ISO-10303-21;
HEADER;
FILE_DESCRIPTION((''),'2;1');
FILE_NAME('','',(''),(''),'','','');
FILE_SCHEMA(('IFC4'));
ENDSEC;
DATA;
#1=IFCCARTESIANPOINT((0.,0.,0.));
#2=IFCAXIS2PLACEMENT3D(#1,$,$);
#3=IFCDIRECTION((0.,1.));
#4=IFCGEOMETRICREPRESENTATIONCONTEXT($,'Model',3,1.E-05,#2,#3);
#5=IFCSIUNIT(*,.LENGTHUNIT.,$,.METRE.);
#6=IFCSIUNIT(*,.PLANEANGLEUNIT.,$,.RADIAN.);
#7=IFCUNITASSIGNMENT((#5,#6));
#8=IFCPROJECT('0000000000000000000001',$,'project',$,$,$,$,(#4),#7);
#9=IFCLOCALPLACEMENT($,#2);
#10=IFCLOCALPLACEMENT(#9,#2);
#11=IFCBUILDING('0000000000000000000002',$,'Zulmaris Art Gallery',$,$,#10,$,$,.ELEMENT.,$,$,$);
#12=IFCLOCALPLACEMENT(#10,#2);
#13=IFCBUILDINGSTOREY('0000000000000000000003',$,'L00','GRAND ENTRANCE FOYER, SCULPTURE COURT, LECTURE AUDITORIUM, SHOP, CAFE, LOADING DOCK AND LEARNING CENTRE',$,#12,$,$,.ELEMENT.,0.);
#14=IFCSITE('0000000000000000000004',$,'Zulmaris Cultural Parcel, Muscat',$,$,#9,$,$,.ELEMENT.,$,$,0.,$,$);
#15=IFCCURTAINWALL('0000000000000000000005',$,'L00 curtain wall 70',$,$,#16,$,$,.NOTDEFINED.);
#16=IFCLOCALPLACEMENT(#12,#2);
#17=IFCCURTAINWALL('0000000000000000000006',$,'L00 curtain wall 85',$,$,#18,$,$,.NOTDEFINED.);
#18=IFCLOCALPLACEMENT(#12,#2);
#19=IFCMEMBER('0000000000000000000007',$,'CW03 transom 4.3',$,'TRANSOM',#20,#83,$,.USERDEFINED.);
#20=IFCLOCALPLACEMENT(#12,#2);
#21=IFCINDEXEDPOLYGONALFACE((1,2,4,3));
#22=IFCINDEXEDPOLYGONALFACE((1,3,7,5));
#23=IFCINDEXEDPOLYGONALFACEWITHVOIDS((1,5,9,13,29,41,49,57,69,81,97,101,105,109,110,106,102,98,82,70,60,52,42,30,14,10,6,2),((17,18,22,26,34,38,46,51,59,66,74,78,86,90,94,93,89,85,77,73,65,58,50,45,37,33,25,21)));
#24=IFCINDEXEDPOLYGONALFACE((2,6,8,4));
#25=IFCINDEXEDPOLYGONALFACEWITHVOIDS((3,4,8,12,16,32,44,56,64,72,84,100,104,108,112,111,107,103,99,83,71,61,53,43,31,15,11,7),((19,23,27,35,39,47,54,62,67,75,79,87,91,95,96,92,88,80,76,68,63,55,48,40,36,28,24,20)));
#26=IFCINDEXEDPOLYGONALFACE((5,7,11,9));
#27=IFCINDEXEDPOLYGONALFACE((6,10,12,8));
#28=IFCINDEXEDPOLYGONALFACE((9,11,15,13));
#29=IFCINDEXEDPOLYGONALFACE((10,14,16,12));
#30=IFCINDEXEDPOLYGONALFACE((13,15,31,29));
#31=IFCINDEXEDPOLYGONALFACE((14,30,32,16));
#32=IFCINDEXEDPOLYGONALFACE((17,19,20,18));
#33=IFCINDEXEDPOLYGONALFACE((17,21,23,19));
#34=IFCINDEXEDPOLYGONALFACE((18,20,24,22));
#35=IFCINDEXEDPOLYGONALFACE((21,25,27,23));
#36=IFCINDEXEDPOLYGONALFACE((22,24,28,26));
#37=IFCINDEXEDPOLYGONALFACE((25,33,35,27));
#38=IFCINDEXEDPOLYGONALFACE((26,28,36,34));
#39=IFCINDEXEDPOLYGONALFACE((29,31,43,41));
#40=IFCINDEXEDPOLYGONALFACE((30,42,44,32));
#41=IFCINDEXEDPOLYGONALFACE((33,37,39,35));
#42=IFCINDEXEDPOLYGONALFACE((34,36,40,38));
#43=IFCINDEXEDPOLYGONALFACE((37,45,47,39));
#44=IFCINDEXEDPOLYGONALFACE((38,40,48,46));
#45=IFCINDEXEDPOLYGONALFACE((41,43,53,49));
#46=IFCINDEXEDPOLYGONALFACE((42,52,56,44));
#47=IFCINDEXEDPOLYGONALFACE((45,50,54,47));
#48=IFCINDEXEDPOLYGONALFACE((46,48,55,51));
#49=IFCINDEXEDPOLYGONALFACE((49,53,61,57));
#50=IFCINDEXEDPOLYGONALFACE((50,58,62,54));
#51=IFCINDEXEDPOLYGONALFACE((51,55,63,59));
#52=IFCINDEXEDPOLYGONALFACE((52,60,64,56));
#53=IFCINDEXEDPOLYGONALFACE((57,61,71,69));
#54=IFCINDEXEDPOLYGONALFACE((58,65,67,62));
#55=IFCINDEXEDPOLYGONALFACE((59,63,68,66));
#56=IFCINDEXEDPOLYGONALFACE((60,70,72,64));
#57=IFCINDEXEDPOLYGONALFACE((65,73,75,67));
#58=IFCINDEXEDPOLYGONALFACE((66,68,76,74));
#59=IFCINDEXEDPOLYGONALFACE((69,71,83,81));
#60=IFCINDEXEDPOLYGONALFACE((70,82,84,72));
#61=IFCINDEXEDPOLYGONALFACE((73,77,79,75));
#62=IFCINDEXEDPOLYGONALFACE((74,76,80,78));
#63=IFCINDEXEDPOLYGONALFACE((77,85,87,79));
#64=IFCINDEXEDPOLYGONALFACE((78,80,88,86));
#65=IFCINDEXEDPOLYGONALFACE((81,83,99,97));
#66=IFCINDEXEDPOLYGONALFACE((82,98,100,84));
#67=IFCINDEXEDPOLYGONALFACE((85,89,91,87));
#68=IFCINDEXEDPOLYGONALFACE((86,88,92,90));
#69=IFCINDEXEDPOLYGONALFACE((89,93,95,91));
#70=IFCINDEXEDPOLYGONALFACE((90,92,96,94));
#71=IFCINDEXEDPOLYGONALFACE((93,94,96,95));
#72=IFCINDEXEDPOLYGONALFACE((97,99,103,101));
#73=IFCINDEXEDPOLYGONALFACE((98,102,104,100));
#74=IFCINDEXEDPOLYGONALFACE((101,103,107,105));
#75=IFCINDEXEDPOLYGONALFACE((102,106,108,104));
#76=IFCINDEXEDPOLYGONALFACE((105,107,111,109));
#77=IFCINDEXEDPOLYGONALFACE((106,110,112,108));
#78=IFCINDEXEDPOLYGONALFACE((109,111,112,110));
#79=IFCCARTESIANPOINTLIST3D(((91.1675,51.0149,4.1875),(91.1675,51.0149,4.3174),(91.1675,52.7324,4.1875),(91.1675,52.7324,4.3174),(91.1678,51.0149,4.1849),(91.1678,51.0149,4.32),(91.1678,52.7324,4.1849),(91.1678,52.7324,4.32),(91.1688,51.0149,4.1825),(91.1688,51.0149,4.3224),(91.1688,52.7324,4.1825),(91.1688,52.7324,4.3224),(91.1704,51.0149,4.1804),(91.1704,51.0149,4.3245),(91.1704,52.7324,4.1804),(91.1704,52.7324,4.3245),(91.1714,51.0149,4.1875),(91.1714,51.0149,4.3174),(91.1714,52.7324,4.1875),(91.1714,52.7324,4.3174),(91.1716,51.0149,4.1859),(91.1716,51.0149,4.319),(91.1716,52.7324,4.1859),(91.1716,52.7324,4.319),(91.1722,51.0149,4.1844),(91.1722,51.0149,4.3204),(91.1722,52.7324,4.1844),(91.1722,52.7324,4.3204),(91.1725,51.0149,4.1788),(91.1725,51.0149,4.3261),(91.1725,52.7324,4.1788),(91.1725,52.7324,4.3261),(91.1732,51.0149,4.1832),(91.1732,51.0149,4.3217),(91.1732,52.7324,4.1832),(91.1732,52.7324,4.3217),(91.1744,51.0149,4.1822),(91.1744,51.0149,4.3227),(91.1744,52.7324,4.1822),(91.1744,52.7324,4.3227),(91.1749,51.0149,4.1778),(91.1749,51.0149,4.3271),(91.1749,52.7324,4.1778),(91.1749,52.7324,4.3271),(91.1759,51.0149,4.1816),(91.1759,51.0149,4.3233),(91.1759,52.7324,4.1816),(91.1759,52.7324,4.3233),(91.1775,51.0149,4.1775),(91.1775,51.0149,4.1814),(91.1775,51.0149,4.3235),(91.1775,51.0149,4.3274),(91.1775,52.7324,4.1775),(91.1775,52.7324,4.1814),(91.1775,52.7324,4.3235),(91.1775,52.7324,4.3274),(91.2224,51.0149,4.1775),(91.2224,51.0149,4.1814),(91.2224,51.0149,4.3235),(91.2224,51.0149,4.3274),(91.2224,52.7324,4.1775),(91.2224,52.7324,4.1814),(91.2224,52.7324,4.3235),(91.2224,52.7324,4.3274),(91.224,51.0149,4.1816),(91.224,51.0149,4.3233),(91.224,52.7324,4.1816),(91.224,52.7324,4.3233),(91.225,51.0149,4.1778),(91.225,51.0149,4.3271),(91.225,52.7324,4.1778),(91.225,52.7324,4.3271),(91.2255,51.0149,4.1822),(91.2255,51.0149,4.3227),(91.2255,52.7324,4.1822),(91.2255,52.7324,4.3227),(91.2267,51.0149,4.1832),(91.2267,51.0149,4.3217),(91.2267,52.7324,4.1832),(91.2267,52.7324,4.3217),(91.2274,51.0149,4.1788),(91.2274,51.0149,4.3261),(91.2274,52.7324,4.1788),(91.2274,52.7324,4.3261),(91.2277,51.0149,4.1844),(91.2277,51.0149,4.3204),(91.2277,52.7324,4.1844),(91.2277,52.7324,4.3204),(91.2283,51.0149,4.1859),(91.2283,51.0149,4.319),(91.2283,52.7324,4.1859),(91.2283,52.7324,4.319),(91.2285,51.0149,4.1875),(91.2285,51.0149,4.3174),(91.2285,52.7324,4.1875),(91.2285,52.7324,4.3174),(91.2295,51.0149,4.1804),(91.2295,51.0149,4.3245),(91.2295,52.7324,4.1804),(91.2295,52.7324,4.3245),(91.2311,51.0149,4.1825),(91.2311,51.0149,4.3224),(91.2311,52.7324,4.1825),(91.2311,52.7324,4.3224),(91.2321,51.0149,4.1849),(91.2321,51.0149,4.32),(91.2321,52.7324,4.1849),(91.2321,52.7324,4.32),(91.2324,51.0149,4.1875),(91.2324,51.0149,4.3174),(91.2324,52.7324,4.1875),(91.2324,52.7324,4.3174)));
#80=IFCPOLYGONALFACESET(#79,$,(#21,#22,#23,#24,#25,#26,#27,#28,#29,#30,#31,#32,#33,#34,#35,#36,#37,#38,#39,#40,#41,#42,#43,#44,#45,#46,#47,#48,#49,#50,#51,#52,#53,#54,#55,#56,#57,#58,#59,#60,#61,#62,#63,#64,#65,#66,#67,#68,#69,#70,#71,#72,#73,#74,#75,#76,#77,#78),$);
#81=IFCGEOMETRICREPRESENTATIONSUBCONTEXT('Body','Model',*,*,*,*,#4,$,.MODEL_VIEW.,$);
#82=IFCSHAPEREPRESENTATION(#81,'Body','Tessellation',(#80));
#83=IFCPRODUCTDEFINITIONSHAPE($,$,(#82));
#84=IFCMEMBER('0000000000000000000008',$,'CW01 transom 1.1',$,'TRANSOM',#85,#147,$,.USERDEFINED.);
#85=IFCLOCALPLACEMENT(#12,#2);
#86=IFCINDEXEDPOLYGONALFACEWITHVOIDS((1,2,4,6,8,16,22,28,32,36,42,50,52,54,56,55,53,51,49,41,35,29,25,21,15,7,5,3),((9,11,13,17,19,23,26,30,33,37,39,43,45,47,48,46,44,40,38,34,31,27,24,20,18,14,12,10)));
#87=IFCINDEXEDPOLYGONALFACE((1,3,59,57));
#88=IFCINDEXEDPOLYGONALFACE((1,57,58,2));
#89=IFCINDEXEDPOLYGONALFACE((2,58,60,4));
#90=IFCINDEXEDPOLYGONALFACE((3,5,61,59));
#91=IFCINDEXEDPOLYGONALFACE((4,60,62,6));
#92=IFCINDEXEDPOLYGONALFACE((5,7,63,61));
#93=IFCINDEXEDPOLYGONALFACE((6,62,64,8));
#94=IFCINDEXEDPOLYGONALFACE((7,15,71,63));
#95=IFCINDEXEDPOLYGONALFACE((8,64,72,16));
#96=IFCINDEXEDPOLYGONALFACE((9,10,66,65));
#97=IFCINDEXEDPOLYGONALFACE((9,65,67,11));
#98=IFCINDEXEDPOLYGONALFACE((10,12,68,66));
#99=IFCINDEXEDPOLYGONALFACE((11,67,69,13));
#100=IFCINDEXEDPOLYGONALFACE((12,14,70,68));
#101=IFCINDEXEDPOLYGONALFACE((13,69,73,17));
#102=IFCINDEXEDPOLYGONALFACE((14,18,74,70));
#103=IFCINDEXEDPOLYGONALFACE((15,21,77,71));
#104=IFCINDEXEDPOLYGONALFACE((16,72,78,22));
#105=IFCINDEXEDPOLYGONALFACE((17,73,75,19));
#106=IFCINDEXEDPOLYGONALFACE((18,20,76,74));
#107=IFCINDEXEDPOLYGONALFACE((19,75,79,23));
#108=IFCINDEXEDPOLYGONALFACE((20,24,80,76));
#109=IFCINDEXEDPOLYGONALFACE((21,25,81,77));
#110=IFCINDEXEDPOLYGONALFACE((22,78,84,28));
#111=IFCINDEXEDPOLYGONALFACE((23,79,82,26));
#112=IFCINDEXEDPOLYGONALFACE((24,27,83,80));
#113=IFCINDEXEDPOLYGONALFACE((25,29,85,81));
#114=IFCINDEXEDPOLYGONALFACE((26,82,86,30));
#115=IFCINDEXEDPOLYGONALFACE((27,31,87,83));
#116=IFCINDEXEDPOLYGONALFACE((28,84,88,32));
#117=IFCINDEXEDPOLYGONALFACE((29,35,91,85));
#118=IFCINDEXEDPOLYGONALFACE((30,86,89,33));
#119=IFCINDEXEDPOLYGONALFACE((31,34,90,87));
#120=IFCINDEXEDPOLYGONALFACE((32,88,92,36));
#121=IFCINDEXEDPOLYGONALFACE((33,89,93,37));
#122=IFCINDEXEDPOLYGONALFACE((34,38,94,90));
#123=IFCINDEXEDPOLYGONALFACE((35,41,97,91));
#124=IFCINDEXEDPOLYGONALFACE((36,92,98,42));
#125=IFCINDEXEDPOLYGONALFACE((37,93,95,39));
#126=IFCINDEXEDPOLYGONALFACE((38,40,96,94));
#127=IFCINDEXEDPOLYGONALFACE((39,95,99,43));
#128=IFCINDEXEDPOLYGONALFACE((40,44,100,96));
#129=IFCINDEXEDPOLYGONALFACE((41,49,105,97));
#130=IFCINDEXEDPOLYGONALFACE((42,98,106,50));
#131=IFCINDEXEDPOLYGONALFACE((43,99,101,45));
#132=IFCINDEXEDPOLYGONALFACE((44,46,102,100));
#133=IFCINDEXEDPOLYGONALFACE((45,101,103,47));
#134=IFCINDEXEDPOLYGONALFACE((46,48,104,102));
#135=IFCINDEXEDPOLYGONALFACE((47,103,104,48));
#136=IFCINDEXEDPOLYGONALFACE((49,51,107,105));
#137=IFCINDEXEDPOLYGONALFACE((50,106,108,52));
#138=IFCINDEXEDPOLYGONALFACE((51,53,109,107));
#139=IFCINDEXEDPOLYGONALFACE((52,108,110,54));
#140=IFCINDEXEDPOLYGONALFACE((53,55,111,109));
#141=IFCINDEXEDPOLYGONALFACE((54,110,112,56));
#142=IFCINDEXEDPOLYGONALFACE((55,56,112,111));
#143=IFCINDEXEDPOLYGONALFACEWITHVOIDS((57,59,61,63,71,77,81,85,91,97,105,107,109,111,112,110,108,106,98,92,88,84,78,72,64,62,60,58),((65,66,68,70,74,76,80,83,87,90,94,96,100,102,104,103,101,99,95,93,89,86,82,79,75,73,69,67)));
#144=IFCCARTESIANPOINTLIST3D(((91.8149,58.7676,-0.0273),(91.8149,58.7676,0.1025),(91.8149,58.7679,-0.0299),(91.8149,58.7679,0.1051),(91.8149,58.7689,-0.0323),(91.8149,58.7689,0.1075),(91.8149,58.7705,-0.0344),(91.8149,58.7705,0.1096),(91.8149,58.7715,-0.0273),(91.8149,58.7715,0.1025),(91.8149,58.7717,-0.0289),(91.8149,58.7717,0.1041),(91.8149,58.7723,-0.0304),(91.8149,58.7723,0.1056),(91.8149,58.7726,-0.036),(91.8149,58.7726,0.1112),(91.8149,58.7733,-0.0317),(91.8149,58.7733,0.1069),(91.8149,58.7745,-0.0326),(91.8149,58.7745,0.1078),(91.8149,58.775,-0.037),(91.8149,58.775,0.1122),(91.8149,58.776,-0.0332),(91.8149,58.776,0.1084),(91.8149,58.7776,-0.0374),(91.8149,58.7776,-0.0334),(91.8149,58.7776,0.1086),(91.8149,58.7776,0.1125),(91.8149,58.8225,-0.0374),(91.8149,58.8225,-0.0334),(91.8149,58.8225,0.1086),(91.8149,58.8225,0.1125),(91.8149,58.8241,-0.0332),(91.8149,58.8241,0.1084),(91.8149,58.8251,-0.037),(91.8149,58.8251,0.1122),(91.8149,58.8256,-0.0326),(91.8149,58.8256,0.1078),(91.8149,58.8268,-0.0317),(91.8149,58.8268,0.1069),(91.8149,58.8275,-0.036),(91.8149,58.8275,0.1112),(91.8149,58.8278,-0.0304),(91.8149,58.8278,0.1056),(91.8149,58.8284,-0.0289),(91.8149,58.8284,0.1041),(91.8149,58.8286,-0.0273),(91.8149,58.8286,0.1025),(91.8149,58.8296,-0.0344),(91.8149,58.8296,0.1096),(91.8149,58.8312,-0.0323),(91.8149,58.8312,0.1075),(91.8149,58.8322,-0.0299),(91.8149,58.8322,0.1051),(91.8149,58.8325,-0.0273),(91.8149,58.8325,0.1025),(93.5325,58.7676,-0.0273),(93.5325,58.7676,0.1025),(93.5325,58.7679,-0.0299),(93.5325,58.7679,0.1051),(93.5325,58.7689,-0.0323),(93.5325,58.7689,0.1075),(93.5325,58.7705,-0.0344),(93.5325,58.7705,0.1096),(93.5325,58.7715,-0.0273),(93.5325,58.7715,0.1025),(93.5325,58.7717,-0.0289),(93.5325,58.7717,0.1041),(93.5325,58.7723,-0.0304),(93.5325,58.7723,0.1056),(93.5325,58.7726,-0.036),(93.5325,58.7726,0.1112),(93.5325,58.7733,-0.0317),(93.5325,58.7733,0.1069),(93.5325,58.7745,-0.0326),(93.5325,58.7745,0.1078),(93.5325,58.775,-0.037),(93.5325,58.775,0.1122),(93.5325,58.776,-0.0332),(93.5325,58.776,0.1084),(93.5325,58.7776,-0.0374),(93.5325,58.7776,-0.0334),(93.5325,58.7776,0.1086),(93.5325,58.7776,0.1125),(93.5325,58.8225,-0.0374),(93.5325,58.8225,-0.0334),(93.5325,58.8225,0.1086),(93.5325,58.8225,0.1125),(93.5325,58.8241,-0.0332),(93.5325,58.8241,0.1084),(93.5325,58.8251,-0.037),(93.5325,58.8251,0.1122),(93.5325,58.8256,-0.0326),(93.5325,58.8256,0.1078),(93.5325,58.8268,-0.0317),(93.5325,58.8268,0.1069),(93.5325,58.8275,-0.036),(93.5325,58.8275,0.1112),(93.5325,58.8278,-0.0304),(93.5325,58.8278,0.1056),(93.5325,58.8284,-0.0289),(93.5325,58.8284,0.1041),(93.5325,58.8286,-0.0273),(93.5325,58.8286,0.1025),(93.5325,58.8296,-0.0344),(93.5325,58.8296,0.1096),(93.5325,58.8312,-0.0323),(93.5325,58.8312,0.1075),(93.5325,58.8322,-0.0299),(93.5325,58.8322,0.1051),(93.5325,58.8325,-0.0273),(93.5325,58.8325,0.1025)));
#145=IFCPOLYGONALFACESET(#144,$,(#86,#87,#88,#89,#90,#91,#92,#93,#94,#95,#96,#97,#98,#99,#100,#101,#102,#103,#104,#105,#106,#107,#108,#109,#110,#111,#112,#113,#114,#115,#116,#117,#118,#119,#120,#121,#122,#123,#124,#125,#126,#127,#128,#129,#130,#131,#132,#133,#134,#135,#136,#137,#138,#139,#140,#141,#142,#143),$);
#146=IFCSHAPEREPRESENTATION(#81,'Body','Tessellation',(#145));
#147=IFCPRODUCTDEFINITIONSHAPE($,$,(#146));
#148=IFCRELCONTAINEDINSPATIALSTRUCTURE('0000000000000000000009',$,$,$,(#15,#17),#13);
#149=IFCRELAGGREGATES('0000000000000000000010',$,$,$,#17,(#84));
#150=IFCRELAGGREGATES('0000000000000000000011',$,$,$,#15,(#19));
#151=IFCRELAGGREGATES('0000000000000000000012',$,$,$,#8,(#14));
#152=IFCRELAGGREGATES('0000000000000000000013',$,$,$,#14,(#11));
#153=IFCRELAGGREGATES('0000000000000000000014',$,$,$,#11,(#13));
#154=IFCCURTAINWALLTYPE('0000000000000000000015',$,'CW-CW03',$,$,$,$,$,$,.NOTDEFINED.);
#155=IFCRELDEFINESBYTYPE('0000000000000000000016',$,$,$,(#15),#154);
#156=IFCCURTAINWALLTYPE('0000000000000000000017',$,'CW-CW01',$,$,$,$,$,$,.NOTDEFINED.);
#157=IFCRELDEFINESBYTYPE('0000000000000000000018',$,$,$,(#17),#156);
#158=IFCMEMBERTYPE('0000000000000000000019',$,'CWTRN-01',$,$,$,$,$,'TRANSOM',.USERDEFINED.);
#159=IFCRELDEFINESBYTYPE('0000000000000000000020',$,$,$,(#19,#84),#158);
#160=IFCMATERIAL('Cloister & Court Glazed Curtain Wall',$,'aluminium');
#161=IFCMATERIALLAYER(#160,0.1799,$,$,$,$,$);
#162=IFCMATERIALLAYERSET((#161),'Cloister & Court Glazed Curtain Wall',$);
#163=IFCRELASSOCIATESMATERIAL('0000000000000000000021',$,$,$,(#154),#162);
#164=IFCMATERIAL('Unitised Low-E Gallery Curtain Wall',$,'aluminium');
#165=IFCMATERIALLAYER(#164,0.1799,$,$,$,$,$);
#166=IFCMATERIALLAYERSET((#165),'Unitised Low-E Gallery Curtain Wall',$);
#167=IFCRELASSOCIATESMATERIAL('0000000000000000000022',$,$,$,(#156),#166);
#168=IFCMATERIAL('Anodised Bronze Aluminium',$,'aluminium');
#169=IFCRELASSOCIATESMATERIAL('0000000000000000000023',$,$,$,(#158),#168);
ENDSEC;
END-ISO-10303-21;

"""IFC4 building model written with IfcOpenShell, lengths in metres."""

from ifc_helpers import new_model, si_unit, direction, frame, origin, origin_2d, place, context, subcontext, project, spatial, hollow_rectangle, extrude, material, layer, layer_set, material_profile, profile_set, type_object, element, aggregate, save


model = new_model("IFC4")

# Units and contexts
model_context = context("Model", 3, precision=1e-05, world=origin(), true_north=direction((0.0, 1.0)))
body_context = subcontext(model_context, "Body", "Model", "MODEL_VIEW")
ifc_project = project(units=[si_unit("LENGTHUNIT", "METRE"), si_unit("PLANEANGLEUNIT", "RADIAN")], contexts=[model_context])

# Site, building, storey
site_placement = place(None, origin())
site = spatial("IfcSite", under=ifc_project, at=site_placement, Name="Zulmaris Cultural Parcel, Muscat", CompositionType="ELEMENT", RefElevation=0.0)
building_placement = place(site_placement, origin())
building = spatial("IfcBuilding", under=site, at=building_placement, Name="Zulmaris Art Gallery", CompositionType="ELEMENT")
storey_placement = place(building_placement, origin())
storey = spatial("IfcBuildingStorey", under=building, at=storey_placement, Name="L00", Description="GRAND ENTRANCE FOYER, SCULPTURE COURT, LECTURE AUDITORIUM, SHOP, CAFE, LOADING DOCK AND LEARNING CENTRE", CompositionType="ELEMENT", Elevation=0.0)

# Shared definitions
ifc_material_1 = material(Name="Cloister & Court Glazed Curtain Wall", Category="aluminium")
ifc_layer_1 = layer(ifc_material_1, 0.1799)
ifc_layer_set_1 = layer_set([ifc_layer_1], Name="Cloister & Court Glazed Curtain Wall")
curtain_wall_type_1 = type_object("IfcCurtainWallType", Name="CW-CW03", PredefinedType="NOTDEFINED", material=ifc_layer_set_1)
ifc_material_2 = material(Name="Anodised Bronze Aluminium", Category="aluminium")

# Curtain wall
curtain_wall_1_placement = place(storey_placement, origin())
curtain_wall_1 = element("IfcCurtainWall", 1, at=curtain_wall_1_placement, inside=storey, type_object=curtain_wall_type_1, Name="L00 curtain wall 70", PredefinedType="NOTDEFINED")

# Curtain wall
ifc_material_3 = material(Name="Unitised Low-E Gallery Curtain Wall", Category="aluminium")
ifc_layer_2 = layer(ifc_material_3, 0.1799)
ifc_layer_set_2 = layer_set([ifc_layer_2], Name="Unitised Low-E Gallery Curtain Wall")
curtain_wall_type_2 = type_object("IfcCurtainWallType", Name="CW-CW01", PredefinedType="NOTDEFINED", material=ifc_layer_set_2)
curtain_wall_2_placement = place(storey_placement, origin())
curtain_wall_2 = element("IfcCurtainWall", 2, at=curtain_wall_2_placement, inside=storey, type_object=curtain_wall_type_2, Name="L00 curtain wall 85", PredefinedType="NOTDEFINED")

# Members
ifc_material_profile_1 = material_profile(ifc_material_2, hollow_rectangle(XDim=0.0649, YDim=0.1499, WallThickness=0.0039, InnerFilletRadius=0.0061, OuterFilletRadius=0.01, at=origin_2d()), Name="ALU 65x150x4")
ifc_profile_set_1 = profile_set([ifc_material_profile_1], Name="Anodised Bronze Aluminium")
member_type_1 = type_object("IfcMemberType", Name="CWTRN-01", ElementType="TRANSOM", PredefinedType="USERDEFINED", material=ifc_profile_set_1)
member_1_placement = place(storey_placement, frame((91.2, 52.7324, 4.2524), z_axis=(0.0, -1.0, 0.0), x_axis=(1.0, 0.0, 0.0)))
member_1 = element("IfcMember", 3, at=member_1_placement, type_object=member_type_1, Name="CW03 transom 4.3", ObjectType="TRANSOM", PredefinedType="USERDEFINED", context=body_context, shape_type="SweptSolid", body=[
    extrude(hollow_rectangle(XDim=0.0649, YDim=0.1499, WallThickness=0.0039, InnerFilletRadius=0.0061, OuterFilletRadius=0.01, at=origin_2d()), origin(), (0.0, 0.0, 1.0), 1.7175),
])
member_2_placement = place(storey_placement, frame((91.8149, 58.8, 0.0376), z_axis=(1.0, 0.0, 0.0), x_axis=(0.0, 1.0, 0.0)))
member_2 = element("IfcMember", 4, at=member_2_placement, type_object=member_type_1, Name="CW01 transom 1.1", ObjectType="TRANSOM", PredefinedType="USERDEFINED", context=body_context, shape_type="SweptSolid", body=[
    extrude(hollow_rectangle(XDim=0.0649, YDim=0.1499, WallThickness=0.0039, InnerFilletRadius=0.0061, OuterFilletRadius=0.01, at=origin_2d()), origin(), (0.0, 0.0, 1.0), 1.7175),
])
aggregate(curtain_wall_2, [member_2])

aggregate(curtain_wall_1, [member_1])

save(model, "model.ifc")
